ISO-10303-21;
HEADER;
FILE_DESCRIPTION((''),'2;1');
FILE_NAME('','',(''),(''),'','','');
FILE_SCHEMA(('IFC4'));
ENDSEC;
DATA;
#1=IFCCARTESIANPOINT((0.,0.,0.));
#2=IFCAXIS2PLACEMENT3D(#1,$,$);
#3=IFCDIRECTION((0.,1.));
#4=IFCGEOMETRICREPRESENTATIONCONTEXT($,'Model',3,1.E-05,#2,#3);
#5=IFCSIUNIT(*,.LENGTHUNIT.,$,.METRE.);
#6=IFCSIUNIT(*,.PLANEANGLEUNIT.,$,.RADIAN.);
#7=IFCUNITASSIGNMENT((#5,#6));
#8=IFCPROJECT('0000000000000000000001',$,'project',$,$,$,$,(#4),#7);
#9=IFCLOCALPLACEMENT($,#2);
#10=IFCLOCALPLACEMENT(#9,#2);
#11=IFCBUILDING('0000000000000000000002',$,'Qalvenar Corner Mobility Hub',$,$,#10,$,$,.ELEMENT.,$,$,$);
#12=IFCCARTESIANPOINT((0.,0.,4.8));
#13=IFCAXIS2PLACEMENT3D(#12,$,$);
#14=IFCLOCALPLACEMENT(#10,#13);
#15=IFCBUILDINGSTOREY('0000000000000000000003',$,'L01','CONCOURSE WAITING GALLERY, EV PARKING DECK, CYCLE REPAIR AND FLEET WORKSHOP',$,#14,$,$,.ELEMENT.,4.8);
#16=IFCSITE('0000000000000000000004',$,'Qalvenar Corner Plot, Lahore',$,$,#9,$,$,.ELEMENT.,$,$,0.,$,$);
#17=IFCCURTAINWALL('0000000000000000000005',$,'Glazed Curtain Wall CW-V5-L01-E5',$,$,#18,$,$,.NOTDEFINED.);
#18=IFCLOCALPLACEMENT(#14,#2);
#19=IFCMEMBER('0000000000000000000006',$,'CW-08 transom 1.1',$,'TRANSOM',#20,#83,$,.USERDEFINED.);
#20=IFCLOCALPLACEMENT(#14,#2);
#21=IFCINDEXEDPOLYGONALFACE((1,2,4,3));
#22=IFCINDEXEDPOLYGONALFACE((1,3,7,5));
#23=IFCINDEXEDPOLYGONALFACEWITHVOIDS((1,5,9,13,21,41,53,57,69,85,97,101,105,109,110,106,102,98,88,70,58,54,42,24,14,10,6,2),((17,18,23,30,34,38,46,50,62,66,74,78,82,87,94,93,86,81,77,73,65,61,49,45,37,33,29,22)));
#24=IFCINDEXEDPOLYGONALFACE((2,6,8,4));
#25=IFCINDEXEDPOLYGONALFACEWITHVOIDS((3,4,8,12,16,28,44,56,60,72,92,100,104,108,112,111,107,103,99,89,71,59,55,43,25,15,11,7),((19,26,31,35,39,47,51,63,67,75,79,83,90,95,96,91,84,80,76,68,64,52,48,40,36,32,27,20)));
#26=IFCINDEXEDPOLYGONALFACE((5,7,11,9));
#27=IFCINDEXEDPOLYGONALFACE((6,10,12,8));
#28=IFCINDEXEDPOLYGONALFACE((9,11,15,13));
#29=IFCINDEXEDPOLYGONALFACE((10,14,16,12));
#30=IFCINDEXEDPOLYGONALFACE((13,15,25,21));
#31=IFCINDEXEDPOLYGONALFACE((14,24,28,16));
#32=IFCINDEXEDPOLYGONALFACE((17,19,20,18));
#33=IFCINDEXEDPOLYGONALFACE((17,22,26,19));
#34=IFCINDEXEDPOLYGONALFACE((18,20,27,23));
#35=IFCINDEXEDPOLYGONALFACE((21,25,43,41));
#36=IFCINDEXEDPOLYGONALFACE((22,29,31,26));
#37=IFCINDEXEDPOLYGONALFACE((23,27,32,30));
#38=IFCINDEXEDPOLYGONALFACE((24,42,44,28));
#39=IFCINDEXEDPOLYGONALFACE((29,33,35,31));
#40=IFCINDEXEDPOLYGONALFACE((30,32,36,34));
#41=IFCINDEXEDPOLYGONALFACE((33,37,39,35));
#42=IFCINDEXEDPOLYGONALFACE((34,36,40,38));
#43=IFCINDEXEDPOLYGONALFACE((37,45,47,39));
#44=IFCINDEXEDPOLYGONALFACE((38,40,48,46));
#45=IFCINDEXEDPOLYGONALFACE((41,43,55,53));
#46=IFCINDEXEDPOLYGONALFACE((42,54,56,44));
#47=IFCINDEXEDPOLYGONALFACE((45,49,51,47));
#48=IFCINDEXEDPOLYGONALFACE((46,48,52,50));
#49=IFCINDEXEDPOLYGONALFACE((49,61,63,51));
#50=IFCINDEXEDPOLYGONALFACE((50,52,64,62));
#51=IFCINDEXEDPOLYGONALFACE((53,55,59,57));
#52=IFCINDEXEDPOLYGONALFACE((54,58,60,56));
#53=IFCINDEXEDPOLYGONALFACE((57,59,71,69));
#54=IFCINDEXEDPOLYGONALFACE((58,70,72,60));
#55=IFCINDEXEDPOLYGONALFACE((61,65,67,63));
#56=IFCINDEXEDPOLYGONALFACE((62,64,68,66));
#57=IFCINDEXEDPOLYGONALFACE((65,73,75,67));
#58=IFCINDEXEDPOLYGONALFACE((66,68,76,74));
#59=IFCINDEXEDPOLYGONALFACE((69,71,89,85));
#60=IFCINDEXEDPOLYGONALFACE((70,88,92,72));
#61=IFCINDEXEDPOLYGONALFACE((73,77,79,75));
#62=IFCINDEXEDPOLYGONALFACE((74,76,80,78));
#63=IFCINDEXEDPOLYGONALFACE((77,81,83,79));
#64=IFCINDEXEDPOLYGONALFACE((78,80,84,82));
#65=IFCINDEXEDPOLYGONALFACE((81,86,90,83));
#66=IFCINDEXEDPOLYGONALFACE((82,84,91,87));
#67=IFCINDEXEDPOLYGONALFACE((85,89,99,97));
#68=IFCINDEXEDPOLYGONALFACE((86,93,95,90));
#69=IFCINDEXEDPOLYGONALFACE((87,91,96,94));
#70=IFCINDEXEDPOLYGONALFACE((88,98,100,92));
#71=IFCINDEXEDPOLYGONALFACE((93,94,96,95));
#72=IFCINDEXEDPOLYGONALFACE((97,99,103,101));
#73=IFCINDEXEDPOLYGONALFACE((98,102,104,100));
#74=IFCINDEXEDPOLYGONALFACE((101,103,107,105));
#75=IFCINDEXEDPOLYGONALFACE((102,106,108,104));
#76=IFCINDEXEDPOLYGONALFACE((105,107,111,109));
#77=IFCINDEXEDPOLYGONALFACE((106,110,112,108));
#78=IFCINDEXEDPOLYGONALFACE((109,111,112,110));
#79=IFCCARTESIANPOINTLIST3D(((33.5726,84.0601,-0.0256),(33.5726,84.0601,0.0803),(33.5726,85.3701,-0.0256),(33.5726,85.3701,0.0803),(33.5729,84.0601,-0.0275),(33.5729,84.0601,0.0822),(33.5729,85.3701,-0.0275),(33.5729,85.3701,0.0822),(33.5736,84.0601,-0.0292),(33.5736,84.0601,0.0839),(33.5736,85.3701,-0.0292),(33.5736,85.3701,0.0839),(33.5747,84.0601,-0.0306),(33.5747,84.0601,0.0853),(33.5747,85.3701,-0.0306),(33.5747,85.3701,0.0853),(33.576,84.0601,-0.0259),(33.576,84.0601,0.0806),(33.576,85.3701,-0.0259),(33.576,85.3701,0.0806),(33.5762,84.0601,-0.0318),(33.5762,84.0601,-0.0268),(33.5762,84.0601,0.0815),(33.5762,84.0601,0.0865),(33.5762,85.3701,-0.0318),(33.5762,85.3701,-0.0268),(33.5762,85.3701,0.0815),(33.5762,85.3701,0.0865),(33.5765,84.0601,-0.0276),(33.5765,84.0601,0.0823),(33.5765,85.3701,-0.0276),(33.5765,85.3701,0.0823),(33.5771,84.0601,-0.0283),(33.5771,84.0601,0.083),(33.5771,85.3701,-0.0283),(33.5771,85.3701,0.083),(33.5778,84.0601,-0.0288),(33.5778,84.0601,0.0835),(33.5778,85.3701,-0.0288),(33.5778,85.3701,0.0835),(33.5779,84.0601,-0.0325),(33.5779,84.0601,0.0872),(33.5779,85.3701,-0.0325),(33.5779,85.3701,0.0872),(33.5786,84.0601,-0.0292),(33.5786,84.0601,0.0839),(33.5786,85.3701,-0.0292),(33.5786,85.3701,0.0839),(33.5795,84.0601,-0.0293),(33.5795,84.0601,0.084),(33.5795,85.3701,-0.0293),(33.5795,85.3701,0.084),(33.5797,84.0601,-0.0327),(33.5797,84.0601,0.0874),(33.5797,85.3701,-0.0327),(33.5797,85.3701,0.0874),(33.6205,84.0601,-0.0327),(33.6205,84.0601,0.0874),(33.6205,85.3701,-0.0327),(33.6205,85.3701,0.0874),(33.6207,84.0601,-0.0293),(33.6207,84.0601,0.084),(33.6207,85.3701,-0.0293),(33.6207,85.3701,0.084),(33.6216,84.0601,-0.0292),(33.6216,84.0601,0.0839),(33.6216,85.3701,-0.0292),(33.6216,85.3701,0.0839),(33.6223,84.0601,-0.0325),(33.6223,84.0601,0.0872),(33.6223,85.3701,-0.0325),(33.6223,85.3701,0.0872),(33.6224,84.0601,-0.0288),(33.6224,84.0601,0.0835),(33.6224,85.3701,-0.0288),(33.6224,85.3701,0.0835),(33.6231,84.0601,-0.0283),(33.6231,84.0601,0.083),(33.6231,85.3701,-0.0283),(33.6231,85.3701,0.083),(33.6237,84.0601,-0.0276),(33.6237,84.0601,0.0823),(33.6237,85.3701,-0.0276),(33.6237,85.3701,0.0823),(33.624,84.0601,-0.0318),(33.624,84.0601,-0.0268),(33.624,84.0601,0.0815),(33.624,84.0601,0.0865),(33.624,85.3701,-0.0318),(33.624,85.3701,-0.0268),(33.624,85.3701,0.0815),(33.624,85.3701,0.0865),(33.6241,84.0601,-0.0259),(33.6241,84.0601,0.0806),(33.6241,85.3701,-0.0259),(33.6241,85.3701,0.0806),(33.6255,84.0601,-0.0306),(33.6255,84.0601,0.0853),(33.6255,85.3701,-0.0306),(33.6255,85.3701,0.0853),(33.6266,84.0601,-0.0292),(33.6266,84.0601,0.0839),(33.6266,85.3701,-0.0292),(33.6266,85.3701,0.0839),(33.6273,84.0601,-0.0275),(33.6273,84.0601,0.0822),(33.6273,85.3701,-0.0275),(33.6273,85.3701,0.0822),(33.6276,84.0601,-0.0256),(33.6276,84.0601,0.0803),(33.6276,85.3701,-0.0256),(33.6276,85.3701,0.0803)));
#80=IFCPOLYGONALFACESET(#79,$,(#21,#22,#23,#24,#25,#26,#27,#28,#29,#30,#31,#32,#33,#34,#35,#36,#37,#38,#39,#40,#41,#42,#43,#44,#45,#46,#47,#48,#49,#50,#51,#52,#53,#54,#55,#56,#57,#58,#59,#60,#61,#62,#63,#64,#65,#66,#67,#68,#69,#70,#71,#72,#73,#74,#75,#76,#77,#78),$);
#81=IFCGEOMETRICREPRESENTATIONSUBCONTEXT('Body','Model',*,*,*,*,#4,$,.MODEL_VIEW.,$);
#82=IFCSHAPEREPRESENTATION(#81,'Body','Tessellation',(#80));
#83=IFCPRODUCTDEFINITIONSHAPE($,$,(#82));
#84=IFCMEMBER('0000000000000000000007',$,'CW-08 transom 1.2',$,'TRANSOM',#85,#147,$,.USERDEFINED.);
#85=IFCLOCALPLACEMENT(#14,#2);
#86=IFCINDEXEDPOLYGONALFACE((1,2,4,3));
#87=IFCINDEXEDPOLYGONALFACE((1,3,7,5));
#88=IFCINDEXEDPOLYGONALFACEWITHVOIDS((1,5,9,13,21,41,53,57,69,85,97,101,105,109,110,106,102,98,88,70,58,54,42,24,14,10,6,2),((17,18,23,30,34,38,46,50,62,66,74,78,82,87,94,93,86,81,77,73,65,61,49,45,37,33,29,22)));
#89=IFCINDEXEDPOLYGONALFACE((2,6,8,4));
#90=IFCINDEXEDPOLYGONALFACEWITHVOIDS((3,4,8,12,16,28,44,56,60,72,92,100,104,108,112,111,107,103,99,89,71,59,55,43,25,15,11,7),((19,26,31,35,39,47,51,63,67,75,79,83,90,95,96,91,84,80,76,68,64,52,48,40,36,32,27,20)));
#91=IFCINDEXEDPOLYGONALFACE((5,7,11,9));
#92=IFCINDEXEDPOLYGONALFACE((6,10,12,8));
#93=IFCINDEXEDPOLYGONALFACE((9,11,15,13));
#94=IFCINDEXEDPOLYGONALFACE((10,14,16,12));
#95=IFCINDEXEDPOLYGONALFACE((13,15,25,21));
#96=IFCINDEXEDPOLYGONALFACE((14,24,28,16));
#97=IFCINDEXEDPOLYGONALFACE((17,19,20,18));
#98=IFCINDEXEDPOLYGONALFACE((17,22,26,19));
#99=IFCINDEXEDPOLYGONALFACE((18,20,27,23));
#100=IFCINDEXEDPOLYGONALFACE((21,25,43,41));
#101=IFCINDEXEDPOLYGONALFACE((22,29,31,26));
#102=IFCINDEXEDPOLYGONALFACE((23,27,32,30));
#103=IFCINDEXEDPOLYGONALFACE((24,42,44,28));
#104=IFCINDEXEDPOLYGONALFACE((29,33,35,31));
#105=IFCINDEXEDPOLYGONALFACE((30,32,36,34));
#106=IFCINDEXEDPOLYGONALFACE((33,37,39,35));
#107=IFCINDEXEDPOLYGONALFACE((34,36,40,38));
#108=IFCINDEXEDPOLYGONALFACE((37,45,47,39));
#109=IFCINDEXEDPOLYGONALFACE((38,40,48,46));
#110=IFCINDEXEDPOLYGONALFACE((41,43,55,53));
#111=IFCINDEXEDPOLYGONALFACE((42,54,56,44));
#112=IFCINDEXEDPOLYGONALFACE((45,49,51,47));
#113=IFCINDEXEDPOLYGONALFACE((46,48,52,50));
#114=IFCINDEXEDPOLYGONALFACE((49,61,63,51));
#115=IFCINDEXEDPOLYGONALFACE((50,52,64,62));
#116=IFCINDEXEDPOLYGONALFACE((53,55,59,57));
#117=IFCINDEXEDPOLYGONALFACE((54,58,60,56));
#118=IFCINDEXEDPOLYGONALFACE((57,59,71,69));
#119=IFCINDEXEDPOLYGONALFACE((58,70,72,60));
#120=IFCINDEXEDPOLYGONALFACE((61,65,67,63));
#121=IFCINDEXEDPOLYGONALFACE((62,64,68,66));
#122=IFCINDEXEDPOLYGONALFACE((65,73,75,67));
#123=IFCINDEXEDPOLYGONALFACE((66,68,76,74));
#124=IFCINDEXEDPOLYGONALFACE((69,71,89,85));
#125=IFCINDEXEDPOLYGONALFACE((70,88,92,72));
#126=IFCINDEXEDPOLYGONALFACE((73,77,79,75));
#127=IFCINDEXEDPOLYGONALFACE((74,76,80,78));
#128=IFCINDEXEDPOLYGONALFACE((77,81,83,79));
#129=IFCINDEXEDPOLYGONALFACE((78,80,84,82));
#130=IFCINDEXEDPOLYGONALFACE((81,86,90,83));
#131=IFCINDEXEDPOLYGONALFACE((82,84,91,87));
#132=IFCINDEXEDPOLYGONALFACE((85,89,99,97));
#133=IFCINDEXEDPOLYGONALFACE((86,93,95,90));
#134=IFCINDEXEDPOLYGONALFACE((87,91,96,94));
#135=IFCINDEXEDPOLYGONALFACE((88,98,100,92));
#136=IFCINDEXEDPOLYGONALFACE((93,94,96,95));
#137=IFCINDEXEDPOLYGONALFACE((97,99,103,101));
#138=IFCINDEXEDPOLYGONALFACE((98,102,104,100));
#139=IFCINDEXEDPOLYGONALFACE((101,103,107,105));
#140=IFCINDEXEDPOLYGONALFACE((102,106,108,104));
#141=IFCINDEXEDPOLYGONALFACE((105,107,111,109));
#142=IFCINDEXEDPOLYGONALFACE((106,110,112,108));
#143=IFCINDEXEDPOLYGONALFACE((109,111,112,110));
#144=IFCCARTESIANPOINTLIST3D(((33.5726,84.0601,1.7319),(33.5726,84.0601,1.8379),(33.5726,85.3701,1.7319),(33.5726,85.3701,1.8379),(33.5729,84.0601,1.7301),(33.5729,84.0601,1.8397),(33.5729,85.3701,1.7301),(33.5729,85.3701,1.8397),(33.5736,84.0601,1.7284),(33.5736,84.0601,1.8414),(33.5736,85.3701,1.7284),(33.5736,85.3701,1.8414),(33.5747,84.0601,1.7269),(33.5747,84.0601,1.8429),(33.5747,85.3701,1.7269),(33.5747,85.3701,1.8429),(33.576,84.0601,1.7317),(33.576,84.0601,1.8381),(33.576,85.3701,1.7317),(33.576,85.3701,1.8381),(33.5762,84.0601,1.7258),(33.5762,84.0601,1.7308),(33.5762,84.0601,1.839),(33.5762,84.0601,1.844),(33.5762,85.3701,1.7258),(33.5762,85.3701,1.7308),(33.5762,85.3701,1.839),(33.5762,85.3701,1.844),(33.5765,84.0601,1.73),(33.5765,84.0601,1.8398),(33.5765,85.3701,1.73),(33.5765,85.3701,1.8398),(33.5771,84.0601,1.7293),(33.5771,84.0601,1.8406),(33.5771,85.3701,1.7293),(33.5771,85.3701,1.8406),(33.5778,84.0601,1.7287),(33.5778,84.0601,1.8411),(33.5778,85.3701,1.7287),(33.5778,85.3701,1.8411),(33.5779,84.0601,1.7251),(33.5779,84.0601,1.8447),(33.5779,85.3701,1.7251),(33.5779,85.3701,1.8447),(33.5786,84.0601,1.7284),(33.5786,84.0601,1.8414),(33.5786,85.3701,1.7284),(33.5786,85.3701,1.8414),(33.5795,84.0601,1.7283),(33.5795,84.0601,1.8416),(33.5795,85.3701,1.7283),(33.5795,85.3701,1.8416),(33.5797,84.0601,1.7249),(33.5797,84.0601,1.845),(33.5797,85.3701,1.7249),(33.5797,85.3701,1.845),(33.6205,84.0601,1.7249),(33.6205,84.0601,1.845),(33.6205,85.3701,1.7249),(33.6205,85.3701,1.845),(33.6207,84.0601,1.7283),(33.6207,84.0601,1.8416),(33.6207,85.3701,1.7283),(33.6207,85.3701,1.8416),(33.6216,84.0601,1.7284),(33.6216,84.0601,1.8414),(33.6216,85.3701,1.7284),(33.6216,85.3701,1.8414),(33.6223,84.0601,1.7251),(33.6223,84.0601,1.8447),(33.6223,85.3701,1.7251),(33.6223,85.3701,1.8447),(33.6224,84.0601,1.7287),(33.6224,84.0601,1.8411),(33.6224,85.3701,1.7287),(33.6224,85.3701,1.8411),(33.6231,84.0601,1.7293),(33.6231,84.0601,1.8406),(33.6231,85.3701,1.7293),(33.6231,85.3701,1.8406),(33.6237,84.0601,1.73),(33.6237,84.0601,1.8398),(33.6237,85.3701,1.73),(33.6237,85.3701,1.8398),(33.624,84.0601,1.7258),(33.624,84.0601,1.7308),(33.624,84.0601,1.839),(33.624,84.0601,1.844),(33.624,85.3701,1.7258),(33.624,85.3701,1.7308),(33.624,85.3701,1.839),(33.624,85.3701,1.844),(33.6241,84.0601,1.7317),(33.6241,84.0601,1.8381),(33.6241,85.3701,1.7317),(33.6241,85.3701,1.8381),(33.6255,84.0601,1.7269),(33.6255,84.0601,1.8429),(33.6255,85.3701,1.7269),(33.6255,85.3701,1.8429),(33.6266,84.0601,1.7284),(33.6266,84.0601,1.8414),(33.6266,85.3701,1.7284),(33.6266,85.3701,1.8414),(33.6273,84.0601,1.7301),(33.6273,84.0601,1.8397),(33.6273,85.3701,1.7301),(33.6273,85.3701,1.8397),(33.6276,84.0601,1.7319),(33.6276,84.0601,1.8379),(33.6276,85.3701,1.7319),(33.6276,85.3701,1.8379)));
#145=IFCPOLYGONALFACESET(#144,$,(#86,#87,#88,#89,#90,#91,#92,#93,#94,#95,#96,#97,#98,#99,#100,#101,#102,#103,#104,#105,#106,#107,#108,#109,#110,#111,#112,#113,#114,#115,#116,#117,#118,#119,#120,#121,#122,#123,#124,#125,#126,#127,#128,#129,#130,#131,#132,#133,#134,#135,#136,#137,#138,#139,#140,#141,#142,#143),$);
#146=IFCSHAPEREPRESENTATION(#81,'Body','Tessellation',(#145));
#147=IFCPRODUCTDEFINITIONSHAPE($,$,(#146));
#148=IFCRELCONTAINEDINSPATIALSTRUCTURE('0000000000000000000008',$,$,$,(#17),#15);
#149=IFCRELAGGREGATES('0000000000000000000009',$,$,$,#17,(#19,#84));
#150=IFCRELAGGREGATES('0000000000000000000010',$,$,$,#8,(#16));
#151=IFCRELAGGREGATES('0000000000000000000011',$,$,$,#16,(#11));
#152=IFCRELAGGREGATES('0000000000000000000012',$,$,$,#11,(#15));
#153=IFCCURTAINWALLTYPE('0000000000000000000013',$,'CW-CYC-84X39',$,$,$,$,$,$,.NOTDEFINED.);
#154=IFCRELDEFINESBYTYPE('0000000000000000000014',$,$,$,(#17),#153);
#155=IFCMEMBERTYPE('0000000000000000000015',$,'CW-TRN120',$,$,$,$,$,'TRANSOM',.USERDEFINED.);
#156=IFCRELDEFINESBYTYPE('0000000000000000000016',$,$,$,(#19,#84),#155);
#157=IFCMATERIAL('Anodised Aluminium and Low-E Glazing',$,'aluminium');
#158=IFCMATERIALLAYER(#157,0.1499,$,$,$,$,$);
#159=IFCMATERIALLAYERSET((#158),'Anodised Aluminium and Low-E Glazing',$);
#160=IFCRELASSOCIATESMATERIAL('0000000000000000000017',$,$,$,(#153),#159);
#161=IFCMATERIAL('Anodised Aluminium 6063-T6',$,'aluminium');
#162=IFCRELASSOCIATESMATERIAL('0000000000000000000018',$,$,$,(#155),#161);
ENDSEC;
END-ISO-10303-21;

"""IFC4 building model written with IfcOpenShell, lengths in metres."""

from ifc_helpers import new_model, si_unit, direction, frame, origin, origin_2d, place, context, subcontext, project, spatial, hollow_rectangle, extrude, material, layer, layer_set, material_profile, profile_set, type_object, element, aggregate, save


model = new_model("IFC4")

# Units and contexts
model_context = context("Model", 3, precision=1e-05, world=origin(), true_north=direction((0.0, 1.0)))
body_context = subcontext(model_context, "Body", "Model", "MODEL_VIEW")
ifc_project = project(units=[si_unit("LENGTHUNIT", "METRE"), si_unit("PLANEANGLEUNIT", "RADIAN")], contexts=[model_context])

# Site, building, storey
site_placement = place(None, origin())
site = spatial("IfcSite", under=ifc_project, at=site_placement, Name="Qalvenar Corner Plot, Lahore", CompositionType="ELEMENT", RefElevation=0.0)
building_placement = place(site_placement, origin())
building = spatial("IfcBuilding", under=site, at=building_placement, Name="Qalvenar Corner Mobility Hub", CompositionType="ELEMENT")
storey_placement = place(building_placement, frame((0.0, 0.0, 4.8)))
storey = spatial("IfcBuildingStorey", under=building, at=storey_placement, Name="L01", Description="CONCOURSE WAITING GALLERY, EV PARKING DECK, CYCLE REPAIR AND FLEET WORKSHOP", CompositionType="ELEMENT", Elevation=4.8)

# Curtain wall, members
ifc_material_1 = material(Name="Anodised Aluminium and Low-E Glazing", Category="aluminium")
ifc_layer_1 = layer(ifc_material_1, 0.1499)
ifc_layer_set_1 = layer_set([ifc_layer_1], Name="Anodised Aluminium and Low-E Glazing")
curtain_wall_type = type_object("IfcCurtainWallType", Name="CW-CYC-84X39", PredefinedType="NOTDEFINED", material=ifc_layer_set_1)
curtain_wall_placement = place(storey_placement, origin())
curtain_wall = element("IfcCurtainWall", 1, at=curtain_wall_placement, inside=storey, type_object=curtain_wall_type, Name="Glazed Curtain Wall CW-V5-L01-E5", PredefinedType="NOTDEFINED")
ifc_material_2 = material(Name="Anodised Aluminium 6063-T6", Category="aluminium")
ifc_material_profile_1 = material_profile(ifc_material_2, hollow_rectangle(XDim=0.0549, YDim=0.1201, WallThickness=0.0034, InnerFilletRadius=0.0034, OuterFilletRadius=0.0071, at=origin_2d()), Name="RHS120x55x3.5")
ifc_profile_set_1 = profile_set([ifc_material_profile_1], Name="Anodised Aluminium 6063-T6")
member_type_1 = type_object("IfcMemberType", Name="CW-TRN120", ElementType="TRANSOM", PredefinedType="USERDEFINED", material=ifc_profile_set_1)
member_1_placement = place(storey_placement, frame((33.6001, 84.0601, 0.0273), z_axis=(0.0, 1.0, 0.0), x_axis=(-1.0, 0.0, 0.0)))
member_1 = element("IfcMember", 2, at=member_1_placement, type_object=member_type_1, Name="CW-08 transom 1.1", ObjectType="TRANSOM", PredefinedType="USERDEFINED", context=body_context, shape_type="SweptSolid", body=[
    extrude(hollow_rectangle(XDim=0.0549, YDim=0.1201, WallThickness=0.0034, InnerFilletRadius=0.0034, OuterFilletRadius=0.0071, at=origin_2d()), origin(), (0.0, 0.0, 1.0), 1.3101),
])
member_2_placement = place(storey_placement, frame((33.6001, 84.0601, 1.7849), z_axis=(0.0, 1.0, 0.0), x_axis=(-1.0, 0.0, 0.0)))
member_2 = element("IfcMember", 3, at=member_2_placement, type_object=member_type_1, Name="CW-08 transom 1.2", ObjectType="TRANSOM", PredefinedType="USERDEFINED", context=body_context, shape_type="SweptSolid", body=[
    extrude(hollow_rectangle(XDim=0.0549, YDim=0.1201, WallThickness=0.0034, InnerFilletRadius=0.0034, OuterFilletRadius=0.0071, at=origin_2d()), origin(), (0.0, 0.0, 1.0), 1.3101),
])
aggregate(curtain_wall, [member_1, member_2])

save(model, "model.ifc")
